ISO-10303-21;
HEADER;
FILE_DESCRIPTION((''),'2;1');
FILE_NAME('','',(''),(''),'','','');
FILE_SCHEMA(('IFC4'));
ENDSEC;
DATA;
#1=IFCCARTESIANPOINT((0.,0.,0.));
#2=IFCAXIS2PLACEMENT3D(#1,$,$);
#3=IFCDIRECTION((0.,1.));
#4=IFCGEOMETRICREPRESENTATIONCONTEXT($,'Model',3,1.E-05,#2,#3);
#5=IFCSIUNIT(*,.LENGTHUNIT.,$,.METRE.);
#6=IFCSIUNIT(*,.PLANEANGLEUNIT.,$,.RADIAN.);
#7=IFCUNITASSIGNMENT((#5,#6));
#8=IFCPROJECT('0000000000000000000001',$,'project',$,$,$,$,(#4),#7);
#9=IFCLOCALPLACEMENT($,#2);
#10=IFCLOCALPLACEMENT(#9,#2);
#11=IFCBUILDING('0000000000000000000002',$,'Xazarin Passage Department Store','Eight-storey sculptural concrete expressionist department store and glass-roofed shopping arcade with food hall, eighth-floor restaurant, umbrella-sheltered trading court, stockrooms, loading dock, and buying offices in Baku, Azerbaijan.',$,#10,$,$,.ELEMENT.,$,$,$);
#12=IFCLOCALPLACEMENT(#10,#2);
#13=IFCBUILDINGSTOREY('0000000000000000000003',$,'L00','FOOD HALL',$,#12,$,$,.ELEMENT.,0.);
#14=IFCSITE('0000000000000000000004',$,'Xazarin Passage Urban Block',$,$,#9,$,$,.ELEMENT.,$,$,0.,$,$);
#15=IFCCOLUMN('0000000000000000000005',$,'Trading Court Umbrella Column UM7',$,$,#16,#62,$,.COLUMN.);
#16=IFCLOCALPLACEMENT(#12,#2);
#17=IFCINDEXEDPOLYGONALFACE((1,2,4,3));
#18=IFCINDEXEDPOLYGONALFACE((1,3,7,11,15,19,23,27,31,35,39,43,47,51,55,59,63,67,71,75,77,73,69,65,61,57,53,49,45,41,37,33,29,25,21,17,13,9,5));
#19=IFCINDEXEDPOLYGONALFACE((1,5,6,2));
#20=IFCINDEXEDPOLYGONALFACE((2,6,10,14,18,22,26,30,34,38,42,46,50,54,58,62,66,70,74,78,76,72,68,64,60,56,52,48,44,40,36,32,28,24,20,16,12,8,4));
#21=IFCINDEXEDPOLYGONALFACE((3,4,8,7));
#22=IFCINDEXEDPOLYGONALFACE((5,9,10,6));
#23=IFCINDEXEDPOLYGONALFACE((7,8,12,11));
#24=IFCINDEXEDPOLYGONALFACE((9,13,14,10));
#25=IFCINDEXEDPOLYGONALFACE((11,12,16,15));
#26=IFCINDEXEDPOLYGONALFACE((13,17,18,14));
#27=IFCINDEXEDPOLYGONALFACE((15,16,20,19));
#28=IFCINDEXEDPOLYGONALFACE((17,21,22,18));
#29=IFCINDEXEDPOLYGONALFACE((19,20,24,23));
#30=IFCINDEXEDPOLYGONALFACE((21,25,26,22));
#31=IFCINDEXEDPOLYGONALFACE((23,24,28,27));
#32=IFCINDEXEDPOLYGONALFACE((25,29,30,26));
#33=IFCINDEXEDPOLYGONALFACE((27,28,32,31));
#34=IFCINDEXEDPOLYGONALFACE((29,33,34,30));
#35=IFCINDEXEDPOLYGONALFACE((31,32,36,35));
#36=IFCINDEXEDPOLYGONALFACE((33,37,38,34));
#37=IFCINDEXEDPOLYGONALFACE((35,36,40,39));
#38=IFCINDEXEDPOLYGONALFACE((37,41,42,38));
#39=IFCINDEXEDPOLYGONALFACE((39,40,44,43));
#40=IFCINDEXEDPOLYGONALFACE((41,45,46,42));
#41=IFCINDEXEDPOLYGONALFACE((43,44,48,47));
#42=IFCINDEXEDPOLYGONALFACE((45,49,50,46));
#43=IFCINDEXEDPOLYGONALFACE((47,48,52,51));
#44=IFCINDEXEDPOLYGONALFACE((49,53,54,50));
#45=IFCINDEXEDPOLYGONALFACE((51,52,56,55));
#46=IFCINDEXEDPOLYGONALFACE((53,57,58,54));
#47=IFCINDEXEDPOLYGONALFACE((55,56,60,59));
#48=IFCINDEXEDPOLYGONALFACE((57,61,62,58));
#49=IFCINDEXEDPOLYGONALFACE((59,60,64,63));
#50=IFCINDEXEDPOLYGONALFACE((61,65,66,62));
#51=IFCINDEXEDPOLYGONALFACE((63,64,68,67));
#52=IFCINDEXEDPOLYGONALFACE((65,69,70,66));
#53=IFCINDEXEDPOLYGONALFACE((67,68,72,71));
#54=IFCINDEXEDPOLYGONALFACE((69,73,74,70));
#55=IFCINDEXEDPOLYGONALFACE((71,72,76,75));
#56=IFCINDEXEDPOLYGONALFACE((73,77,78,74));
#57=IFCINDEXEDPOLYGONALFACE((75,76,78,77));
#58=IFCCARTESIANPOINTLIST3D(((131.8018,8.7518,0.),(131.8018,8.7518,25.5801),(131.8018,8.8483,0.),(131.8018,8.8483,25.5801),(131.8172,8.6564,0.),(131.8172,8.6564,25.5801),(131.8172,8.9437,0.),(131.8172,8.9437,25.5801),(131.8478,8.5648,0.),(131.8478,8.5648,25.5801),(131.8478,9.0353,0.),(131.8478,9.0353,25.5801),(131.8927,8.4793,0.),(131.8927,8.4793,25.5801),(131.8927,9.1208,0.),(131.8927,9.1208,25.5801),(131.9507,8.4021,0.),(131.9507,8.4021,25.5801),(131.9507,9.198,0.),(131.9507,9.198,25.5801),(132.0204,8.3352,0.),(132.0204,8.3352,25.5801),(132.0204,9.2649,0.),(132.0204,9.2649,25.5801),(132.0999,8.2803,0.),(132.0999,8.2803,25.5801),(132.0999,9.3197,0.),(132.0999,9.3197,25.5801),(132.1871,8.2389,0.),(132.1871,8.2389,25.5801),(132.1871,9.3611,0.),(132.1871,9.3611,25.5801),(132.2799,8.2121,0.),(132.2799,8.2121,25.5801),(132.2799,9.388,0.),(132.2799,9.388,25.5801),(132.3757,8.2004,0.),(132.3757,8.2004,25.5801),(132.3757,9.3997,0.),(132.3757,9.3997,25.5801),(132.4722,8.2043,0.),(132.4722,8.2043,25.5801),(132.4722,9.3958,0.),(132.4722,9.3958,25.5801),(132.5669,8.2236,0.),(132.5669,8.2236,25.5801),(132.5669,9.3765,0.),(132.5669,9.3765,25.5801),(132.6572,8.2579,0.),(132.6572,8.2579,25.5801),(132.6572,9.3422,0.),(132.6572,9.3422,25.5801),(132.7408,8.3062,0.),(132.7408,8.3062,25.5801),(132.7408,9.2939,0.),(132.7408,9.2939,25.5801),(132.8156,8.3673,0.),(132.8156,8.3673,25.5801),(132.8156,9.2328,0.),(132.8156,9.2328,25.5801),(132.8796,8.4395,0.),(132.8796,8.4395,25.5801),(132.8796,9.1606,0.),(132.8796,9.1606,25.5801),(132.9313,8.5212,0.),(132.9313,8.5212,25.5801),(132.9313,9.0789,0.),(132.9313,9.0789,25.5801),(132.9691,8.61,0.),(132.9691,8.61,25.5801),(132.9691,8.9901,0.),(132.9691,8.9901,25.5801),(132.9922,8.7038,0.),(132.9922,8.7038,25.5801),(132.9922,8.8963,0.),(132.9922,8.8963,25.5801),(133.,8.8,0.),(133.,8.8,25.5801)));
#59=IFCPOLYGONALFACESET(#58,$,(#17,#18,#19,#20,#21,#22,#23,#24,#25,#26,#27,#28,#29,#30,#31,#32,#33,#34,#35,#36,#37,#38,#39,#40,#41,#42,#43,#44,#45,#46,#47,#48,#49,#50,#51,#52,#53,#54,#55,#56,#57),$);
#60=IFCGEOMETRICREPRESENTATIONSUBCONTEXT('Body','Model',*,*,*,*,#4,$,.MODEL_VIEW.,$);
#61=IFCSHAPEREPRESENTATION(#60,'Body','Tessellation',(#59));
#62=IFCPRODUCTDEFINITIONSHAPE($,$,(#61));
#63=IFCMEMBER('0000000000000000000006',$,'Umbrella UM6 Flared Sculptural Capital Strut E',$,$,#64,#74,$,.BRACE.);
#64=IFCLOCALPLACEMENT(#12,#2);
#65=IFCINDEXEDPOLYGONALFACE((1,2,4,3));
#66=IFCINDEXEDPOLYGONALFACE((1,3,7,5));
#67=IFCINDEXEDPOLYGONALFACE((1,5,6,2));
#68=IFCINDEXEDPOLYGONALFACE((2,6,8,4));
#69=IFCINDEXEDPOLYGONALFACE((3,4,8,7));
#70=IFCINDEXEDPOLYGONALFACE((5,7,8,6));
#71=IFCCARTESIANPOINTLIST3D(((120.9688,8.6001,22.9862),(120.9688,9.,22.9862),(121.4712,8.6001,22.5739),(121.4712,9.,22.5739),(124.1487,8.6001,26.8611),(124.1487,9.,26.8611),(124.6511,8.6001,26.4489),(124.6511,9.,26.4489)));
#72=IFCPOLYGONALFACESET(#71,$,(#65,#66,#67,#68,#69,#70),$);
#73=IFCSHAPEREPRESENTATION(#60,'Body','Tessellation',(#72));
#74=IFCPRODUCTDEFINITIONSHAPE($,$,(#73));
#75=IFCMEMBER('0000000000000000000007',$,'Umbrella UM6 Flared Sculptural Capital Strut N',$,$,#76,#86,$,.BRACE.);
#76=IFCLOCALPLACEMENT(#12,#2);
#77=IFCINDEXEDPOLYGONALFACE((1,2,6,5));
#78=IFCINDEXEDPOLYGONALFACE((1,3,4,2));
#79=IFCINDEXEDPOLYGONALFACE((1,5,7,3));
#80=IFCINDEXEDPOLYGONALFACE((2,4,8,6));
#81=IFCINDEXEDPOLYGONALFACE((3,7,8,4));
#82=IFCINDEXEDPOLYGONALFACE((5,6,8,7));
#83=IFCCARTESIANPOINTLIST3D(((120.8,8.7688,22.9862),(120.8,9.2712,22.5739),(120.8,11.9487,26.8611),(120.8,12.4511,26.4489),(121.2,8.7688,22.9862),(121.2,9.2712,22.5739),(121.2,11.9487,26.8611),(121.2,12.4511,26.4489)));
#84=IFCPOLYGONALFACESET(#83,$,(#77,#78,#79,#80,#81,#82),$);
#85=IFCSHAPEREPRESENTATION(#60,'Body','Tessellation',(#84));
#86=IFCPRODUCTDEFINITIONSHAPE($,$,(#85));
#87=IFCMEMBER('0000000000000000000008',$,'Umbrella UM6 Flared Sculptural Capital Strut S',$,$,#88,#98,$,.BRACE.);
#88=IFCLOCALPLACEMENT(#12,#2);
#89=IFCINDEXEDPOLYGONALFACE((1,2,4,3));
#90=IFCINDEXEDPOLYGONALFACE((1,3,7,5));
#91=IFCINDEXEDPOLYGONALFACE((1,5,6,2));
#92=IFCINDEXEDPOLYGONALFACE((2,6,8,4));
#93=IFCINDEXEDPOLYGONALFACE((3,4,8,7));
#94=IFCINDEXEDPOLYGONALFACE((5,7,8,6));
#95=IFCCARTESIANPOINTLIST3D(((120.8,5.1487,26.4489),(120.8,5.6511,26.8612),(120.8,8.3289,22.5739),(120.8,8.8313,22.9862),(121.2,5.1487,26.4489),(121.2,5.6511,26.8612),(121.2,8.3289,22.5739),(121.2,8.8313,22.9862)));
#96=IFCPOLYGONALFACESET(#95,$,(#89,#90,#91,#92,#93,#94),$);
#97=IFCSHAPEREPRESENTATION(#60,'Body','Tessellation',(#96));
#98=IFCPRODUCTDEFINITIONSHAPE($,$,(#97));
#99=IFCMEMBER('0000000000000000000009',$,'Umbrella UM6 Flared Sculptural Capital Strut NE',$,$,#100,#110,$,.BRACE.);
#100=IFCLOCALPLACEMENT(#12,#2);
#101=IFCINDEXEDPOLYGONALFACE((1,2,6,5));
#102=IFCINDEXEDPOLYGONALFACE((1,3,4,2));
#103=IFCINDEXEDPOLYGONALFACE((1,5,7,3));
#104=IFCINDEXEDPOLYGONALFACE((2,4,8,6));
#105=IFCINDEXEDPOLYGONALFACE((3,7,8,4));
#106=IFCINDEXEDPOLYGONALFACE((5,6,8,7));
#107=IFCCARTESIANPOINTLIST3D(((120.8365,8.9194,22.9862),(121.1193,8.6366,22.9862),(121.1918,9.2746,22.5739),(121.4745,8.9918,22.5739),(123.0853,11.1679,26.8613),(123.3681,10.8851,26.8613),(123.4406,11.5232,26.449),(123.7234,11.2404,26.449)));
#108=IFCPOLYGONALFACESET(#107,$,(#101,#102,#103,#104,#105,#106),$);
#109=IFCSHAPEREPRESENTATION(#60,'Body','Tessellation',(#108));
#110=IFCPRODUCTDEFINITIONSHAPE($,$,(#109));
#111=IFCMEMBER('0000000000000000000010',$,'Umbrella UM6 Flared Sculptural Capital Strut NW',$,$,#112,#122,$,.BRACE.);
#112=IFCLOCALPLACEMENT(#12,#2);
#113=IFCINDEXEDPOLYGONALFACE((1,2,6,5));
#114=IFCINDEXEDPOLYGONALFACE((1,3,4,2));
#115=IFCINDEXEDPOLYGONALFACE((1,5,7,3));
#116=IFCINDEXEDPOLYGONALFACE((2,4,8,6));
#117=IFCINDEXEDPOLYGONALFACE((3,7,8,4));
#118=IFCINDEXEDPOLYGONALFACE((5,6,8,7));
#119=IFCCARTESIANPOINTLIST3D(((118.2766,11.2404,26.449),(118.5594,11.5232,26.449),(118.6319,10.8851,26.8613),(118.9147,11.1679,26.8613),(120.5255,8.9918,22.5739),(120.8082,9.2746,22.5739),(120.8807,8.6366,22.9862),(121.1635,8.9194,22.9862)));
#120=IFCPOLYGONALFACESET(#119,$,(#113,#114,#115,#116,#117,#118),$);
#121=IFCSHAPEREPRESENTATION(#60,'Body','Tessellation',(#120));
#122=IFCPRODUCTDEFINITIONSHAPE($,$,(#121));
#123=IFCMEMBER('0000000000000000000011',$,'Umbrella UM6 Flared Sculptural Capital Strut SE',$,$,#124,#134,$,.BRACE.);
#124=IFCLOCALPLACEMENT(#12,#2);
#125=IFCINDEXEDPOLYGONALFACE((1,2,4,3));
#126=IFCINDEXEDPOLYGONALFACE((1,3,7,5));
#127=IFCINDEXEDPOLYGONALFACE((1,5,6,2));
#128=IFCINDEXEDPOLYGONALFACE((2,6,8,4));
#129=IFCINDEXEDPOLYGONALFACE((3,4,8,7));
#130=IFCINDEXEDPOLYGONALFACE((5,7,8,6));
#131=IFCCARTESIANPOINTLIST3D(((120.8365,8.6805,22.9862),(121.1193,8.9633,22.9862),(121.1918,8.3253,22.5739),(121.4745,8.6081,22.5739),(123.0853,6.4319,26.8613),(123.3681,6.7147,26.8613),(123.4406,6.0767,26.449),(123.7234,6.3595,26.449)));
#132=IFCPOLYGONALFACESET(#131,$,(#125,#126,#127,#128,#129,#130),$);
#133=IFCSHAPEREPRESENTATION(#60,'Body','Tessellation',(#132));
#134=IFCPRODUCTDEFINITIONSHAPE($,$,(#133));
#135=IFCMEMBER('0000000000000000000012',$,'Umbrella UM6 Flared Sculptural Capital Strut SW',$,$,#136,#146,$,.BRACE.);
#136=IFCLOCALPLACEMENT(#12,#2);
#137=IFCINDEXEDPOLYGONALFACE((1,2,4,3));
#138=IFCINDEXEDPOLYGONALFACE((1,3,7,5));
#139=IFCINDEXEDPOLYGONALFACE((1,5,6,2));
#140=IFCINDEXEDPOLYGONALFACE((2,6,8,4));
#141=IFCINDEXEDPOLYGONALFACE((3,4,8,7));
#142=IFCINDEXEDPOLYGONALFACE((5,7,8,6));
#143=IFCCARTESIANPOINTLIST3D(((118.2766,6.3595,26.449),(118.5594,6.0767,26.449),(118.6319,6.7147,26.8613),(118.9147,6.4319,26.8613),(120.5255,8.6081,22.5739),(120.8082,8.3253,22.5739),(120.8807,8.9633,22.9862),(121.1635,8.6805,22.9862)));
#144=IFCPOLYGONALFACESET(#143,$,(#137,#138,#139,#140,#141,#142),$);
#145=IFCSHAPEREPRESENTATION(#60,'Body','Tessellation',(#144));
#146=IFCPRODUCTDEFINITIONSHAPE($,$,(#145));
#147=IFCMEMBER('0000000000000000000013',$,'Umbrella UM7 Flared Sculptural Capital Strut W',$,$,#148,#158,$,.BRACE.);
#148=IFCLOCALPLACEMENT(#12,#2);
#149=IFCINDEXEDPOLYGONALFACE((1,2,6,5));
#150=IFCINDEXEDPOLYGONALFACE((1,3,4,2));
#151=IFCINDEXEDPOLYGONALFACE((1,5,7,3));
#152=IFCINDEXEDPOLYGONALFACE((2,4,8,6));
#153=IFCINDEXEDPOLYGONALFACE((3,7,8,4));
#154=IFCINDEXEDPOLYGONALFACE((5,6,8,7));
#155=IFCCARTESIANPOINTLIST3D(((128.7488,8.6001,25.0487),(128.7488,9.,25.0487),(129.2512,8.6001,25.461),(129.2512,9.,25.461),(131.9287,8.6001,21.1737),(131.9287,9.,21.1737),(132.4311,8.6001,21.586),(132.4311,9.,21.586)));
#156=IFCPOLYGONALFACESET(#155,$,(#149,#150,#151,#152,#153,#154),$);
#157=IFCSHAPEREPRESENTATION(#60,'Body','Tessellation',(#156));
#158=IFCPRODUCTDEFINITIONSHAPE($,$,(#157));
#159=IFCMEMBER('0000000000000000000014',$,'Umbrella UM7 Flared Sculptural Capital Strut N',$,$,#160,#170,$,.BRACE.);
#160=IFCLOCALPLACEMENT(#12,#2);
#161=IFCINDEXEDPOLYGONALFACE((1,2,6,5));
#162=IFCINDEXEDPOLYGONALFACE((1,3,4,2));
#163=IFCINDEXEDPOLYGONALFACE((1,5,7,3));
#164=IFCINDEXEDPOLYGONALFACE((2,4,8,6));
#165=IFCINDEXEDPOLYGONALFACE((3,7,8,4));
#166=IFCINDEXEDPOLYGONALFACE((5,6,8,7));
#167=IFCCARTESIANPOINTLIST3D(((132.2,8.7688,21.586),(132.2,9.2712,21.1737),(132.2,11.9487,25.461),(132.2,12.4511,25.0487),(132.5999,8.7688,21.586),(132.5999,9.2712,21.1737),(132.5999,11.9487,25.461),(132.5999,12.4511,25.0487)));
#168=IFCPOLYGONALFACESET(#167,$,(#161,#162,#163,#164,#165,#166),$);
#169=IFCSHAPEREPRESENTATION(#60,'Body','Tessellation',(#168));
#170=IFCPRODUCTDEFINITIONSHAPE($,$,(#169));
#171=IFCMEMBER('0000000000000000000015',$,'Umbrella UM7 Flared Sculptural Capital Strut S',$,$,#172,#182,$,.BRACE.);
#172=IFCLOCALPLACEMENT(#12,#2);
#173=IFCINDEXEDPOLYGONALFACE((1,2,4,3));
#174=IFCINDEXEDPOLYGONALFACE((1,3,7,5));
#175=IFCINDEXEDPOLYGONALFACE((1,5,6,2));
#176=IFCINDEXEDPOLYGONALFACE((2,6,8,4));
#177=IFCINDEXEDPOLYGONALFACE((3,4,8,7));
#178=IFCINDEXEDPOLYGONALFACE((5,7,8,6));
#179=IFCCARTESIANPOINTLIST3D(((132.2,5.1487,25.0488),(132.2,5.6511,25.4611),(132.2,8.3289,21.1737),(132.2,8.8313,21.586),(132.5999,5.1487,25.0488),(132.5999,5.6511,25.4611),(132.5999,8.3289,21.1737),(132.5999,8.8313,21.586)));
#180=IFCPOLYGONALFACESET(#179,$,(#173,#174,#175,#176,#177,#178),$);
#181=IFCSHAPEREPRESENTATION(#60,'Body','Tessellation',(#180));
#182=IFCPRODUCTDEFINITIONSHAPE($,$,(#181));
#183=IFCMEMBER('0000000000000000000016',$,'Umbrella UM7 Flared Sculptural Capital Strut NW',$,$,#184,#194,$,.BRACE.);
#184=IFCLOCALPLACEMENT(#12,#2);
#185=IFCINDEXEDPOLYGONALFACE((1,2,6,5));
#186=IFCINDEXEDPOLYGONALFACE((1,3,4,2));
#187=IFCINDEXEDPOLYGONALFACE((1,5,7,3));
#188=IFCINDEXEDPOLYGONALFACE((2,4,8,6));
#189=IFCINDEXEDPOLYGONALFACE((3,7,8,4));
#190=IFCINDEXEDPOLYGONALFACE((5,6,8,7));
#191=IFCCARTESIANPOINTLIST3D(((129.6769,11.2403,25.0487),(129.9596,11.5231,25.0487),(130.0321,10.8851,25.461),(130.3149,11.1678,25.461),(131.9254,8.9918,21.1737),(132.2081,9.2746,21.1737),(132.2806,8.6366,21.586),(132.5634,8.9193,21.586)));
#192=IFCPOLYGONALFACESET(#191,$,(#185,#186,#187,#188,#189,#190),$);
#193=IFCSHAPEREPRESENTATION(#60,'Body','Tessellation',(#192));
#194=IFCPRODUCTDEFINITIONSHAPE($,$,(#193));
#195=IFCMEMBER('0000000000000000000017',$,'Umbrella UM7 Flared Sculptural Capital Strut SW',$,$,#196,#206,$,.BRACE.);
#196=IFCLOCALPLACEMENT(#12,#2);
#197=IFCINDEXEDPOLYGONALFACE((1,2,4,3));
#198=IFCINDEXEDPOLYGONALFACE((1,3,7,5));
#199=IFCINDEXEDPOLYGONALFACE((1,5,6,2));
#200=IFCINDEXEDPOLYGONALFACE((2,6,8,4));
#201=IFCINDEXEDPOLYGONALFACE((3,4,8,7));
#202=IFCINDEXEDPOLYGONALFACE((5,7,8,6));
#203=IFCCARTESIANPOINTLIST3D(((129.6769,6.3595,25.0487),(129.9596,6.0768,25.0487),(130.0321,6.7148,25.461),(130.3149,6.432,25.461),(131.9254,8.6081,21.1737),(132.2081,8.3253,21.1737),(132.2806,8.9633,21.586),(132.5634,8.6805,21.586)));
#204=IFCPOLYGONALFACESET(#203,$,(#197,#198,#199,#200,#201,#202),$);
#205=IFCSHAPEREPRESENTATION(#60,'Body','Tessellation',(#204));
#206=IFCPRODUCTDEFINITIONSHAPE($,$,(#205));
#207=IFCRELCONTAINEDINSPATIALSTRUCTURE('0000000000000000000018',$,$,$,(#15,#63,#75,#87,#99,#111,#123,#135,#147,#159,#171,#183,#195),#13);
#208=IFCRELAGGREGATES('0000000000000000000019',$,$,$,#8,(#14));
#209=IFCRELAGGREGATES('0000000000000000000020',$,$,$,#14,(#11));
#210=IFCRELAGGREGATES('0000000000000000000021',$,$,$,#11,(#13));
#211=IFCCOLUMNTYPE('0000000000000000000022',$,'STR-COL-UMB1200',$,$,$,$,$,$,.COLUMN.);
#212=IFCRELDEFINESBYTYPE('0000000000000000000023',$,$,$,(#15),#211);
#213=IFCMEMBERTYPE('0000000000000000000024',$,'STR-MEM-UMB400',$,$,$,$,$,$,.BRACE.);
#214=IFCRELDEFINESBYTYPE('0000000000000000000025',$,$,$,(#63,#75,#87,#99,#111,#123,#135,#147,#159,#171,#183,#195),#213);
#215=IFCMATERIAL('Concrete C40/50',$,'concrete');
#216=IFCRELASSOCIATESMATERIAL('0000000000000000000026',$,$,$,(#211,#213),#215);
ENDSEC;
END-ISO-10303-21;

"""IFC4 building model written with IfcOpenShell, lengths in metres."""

from ifc_helpers import new_model, si_unit, direction, frame, origin, origin_2d, place, context, subcontext, project, spatial, rectangle, circle, extrude, material, material_profile, profile_set, type_object, element, save


model = new_model("IFC4")

# Units and contexts
model_context = context("Model", 3, precision=1e-05, world=origin(), true_north=direction((0.0, 1.0)))
body_context = subcontext(model_context, "Body", "Model", "MODEL_VIEW")
ifc_project = project(units=[si_unit("LENGTHUNIT", "METRE"), si_unit("PLANEANGLEUNIT", "RADIAN")], contexts=[model_context])

# Site, building, storey
site_placement = place(None, origin())
site = spatial("IfcSite", under=ifc_project, at=site_placement, Name="Xazarin Passage Urban Block", CompositionType="ELEMENT", RefElevation=0.0)
building_placement = place(site_placement, origin())
building = spatial("IfcBuilding", under=site, at=building_placement, Name="Xazarin Passage Department Store", Description="Eight-storey sculptural concrete expressionist department store and glass-roofed shopping arcade with food hall, eighth-floor restaurant, umbrella-sheltered trading court, stockrooms, loading dock, and buying offices in Baku, Azerbaijan.", CompositionType="ELEMENT")
storey_placement = place(building_placement, origin())
storey = spatial("IfcBuildingStorey", under=building, at=storey_placement, Name="L00", Description="FOOD HALL", CompositionType="ELEMENT", Elevation=0.0)

# Column
ifc_material_1 = material(Name="Concrete C40/50", Category="concrete")
ifc_material_profile_1 = material_profile(ifc_material_1, circle(Radius=0.6001, at=origin_2d()), Name="RCD 1200")
ifc_profile_set_1 = profile_set([ifc_material_profile_1], Name="Concrete C40/50")
column_type = type_object("IfcColumnType", Name="STR-COL-UMB1200", PredefinedType="COLUMN", material=ifc_profile_set_1)
column_1_placement = place(storey_placement, frame((132.3999, 8.8, 0.0), z_axis=(0.0, 0.0, 1.0), x_axis=(1.0, 0.0, 0.0)))
element("IfcColumn", 1, at=column_1_placement, inside=storey, type_object=column_type, Name="Trading Court Umbrella Column UM7", PredefinedType="COLUMN", context=body_context, shape_type="SweptSolid", body=[
    extrude(circle(Radius=0.6001, at=origin_2d()), origin(), (0.0, 0.0, 1.0), 25.5801),
])

# Members
ifc_material_profile_2 = material_profile(ifc_material_1, rectangle(XDim=0.3999, YDim=0.6499, at=origin_2d()), Name="RC 400x650")
ifc_profile_set_2 = profile_set([ifc_material_profile_2], Name="Concrete C40/50")
member_type = type_object("IfcMemberType", Name="STR-MEM-UMB400", PredefinedType="BRACE", material=ifc_profile_set_2)
for number, where, z_axis, x_axis, name in (
    (2, (121.22, 8.8, 22.78), (0.63437, 0.0, 0.77303), (0.0, 1.0, 0.0), "Umbrella UM6 Flared Sculptural Capital Strut E"),
    (3, (121.0, 9.02, 22.78), (0.0, 0.63437, 0.77303), (-1.0, 0.0, 0.0), "Umbrella UM6 Flared Sculptural Capital Strut N"),
):
    element("IfcMember", number, at=place(storey_placement, frame(where, z_axis=z_axis, x_axis=x_axis)), inside=storey, type_object=member_type, Name=name, PredefinedType="BRACE", context=body_context, shape_type="SweptSolid", body=[
        extrude(rectangle(XDim=0.3999, YDim=0.6499, at=origin_2d()), origin(), (0.0, 0.0, 1.0), 5.0127),
    ])
for number, where, z_axis, x_axis, name in (
    (4, (121.0, 8.5801, 22.78), (0.0, -0.634399, 0.773006), (1.0, 0.0, 0.0), "Umbrella UM6 Flared Sculptural Capital Strut S"),
    (5, (121.1555, 8.9556, 22.78), (0.448604, 0.448555, 0.773015), (-0.707068, 0.707145, 0.0), "Umbrella UM6 Flared Sculptural Capital Strut NE"),
    (6, (120.8445, 8.9556, 22.78), (-0.448604, 0.448555, 0.773015), (-0.707068, -0.707145, 0.0), "Umbrella UM6 Flared Sculptural Capital Strut NW"),
    (7, (121.1555, 8.6443, 22.78), (0.448604, -0.448555, 0.773015), (0.707068, 0.707145, 0.0), "Umbrella UM6 Flared Sculptural Capital Strut SE"),
    (8, (120.8445, 8.6443, 22.78), (-0.448604, -0.448555, 0.773015), (0.707068, -0.707145, 0.0), "Umbrella UM6 Flared Sculptural Capital Strut SW"),
):
    element("IfcMember", number, at=place(storey_placement, frame(where, z_axis=z_axis, x_axis=x_axis)), inside=storey, type_object=member_type, Name=name, PredefinedType="BRACE", context=body_context, shape_type="SweptSolid", body=[
        extrude(rectangle(XDim=0.3999, YDim=0.6499, at=origin_2d()), origin(), (0.0, 0.0, 1.0), 5.0129),
    ])
for number, where, z_axis, x_axis, name in (
    (9, (132.1799, 8.8, 21.3799), (-0.63437, 0.0, 0.77303), (0.0, -1.0, 0.0), "Umbrella UM7 Flared Sculptural Capital Strut W"),
    (10, (132.3999, 9.02, 21.3799), (0.0, 0.63437, 0.77303), (-1.0, 0.0, 0.0), "Umbrella UM7 Flared Sculptural Capital Strut N"),
):
    element("IfcMember", number, at=place(storey_placement, frame(where, z_axis=z_axis, x_axis=x_axis)), inside=storey, type_object=member_type, Name=name, PredefinedType="BRACE", context=body_context, shape_type="SweptSolid", body=[
        extrude(rectangle(XDim=0.3999, YDim=0.6499, at=origin_2d()), origin(), (0.0, 0.0, 1.0), 5.0127),
    ])
member_placement = place(storey_placement, frame((132.3999, 8.5801, 21.3799), z_axis=(0.0, -0.634399, 0.773006), x_axis=(1.0, 0.0, 0.0)))
element("IfcMember", 11, at=member_placement, inside=storey, type_object=member_type, Name="Umbrella UM7 Flared Sculptural Capital Strut S", PredefinedType="BRACE", context=body_context, shape_type="SweptSolid", body=[
    extrude(rectangle(XDim=0.3999, YDim=0.6499, at=origin_2d()), origin(), (0.0, 0.0, 1.0), 5.0129),
])
for number, where, z_axis, x_axis, name in (
    (12, (132.2444, 8.9556, 21.3799), (-0.448565, 0.448565, 0.773032), (-0.707107, -0.707107, 0.0), "Umbrella UM7 Flared Sculptural Capital Strut NW"),
    (13, (132.2444, 8.6443, 21.3799), (-0.448565, -0.448565, 0.773032), (0.707107, -0.707107, 0.0), "Umbrella UM7 Flared Sculptural Capital Strut SW"),
):
    element("IfcMember", number, at=place(storey_placement, frame(where, z_axis=z_axis, x_axis=x_axis)), inside=storey, type_object=member_type, Name=name, PredefinedType="BRACE", context=body_context, shape_type="SweptSolid", body=[
        extrude(rectangle(XDim=0.3999, YDim=0.6499, at=origin_2d()), origin(), (0.0, 0.0, 1.0), 5.0127),
    ])

save(model, "model.ifc")
